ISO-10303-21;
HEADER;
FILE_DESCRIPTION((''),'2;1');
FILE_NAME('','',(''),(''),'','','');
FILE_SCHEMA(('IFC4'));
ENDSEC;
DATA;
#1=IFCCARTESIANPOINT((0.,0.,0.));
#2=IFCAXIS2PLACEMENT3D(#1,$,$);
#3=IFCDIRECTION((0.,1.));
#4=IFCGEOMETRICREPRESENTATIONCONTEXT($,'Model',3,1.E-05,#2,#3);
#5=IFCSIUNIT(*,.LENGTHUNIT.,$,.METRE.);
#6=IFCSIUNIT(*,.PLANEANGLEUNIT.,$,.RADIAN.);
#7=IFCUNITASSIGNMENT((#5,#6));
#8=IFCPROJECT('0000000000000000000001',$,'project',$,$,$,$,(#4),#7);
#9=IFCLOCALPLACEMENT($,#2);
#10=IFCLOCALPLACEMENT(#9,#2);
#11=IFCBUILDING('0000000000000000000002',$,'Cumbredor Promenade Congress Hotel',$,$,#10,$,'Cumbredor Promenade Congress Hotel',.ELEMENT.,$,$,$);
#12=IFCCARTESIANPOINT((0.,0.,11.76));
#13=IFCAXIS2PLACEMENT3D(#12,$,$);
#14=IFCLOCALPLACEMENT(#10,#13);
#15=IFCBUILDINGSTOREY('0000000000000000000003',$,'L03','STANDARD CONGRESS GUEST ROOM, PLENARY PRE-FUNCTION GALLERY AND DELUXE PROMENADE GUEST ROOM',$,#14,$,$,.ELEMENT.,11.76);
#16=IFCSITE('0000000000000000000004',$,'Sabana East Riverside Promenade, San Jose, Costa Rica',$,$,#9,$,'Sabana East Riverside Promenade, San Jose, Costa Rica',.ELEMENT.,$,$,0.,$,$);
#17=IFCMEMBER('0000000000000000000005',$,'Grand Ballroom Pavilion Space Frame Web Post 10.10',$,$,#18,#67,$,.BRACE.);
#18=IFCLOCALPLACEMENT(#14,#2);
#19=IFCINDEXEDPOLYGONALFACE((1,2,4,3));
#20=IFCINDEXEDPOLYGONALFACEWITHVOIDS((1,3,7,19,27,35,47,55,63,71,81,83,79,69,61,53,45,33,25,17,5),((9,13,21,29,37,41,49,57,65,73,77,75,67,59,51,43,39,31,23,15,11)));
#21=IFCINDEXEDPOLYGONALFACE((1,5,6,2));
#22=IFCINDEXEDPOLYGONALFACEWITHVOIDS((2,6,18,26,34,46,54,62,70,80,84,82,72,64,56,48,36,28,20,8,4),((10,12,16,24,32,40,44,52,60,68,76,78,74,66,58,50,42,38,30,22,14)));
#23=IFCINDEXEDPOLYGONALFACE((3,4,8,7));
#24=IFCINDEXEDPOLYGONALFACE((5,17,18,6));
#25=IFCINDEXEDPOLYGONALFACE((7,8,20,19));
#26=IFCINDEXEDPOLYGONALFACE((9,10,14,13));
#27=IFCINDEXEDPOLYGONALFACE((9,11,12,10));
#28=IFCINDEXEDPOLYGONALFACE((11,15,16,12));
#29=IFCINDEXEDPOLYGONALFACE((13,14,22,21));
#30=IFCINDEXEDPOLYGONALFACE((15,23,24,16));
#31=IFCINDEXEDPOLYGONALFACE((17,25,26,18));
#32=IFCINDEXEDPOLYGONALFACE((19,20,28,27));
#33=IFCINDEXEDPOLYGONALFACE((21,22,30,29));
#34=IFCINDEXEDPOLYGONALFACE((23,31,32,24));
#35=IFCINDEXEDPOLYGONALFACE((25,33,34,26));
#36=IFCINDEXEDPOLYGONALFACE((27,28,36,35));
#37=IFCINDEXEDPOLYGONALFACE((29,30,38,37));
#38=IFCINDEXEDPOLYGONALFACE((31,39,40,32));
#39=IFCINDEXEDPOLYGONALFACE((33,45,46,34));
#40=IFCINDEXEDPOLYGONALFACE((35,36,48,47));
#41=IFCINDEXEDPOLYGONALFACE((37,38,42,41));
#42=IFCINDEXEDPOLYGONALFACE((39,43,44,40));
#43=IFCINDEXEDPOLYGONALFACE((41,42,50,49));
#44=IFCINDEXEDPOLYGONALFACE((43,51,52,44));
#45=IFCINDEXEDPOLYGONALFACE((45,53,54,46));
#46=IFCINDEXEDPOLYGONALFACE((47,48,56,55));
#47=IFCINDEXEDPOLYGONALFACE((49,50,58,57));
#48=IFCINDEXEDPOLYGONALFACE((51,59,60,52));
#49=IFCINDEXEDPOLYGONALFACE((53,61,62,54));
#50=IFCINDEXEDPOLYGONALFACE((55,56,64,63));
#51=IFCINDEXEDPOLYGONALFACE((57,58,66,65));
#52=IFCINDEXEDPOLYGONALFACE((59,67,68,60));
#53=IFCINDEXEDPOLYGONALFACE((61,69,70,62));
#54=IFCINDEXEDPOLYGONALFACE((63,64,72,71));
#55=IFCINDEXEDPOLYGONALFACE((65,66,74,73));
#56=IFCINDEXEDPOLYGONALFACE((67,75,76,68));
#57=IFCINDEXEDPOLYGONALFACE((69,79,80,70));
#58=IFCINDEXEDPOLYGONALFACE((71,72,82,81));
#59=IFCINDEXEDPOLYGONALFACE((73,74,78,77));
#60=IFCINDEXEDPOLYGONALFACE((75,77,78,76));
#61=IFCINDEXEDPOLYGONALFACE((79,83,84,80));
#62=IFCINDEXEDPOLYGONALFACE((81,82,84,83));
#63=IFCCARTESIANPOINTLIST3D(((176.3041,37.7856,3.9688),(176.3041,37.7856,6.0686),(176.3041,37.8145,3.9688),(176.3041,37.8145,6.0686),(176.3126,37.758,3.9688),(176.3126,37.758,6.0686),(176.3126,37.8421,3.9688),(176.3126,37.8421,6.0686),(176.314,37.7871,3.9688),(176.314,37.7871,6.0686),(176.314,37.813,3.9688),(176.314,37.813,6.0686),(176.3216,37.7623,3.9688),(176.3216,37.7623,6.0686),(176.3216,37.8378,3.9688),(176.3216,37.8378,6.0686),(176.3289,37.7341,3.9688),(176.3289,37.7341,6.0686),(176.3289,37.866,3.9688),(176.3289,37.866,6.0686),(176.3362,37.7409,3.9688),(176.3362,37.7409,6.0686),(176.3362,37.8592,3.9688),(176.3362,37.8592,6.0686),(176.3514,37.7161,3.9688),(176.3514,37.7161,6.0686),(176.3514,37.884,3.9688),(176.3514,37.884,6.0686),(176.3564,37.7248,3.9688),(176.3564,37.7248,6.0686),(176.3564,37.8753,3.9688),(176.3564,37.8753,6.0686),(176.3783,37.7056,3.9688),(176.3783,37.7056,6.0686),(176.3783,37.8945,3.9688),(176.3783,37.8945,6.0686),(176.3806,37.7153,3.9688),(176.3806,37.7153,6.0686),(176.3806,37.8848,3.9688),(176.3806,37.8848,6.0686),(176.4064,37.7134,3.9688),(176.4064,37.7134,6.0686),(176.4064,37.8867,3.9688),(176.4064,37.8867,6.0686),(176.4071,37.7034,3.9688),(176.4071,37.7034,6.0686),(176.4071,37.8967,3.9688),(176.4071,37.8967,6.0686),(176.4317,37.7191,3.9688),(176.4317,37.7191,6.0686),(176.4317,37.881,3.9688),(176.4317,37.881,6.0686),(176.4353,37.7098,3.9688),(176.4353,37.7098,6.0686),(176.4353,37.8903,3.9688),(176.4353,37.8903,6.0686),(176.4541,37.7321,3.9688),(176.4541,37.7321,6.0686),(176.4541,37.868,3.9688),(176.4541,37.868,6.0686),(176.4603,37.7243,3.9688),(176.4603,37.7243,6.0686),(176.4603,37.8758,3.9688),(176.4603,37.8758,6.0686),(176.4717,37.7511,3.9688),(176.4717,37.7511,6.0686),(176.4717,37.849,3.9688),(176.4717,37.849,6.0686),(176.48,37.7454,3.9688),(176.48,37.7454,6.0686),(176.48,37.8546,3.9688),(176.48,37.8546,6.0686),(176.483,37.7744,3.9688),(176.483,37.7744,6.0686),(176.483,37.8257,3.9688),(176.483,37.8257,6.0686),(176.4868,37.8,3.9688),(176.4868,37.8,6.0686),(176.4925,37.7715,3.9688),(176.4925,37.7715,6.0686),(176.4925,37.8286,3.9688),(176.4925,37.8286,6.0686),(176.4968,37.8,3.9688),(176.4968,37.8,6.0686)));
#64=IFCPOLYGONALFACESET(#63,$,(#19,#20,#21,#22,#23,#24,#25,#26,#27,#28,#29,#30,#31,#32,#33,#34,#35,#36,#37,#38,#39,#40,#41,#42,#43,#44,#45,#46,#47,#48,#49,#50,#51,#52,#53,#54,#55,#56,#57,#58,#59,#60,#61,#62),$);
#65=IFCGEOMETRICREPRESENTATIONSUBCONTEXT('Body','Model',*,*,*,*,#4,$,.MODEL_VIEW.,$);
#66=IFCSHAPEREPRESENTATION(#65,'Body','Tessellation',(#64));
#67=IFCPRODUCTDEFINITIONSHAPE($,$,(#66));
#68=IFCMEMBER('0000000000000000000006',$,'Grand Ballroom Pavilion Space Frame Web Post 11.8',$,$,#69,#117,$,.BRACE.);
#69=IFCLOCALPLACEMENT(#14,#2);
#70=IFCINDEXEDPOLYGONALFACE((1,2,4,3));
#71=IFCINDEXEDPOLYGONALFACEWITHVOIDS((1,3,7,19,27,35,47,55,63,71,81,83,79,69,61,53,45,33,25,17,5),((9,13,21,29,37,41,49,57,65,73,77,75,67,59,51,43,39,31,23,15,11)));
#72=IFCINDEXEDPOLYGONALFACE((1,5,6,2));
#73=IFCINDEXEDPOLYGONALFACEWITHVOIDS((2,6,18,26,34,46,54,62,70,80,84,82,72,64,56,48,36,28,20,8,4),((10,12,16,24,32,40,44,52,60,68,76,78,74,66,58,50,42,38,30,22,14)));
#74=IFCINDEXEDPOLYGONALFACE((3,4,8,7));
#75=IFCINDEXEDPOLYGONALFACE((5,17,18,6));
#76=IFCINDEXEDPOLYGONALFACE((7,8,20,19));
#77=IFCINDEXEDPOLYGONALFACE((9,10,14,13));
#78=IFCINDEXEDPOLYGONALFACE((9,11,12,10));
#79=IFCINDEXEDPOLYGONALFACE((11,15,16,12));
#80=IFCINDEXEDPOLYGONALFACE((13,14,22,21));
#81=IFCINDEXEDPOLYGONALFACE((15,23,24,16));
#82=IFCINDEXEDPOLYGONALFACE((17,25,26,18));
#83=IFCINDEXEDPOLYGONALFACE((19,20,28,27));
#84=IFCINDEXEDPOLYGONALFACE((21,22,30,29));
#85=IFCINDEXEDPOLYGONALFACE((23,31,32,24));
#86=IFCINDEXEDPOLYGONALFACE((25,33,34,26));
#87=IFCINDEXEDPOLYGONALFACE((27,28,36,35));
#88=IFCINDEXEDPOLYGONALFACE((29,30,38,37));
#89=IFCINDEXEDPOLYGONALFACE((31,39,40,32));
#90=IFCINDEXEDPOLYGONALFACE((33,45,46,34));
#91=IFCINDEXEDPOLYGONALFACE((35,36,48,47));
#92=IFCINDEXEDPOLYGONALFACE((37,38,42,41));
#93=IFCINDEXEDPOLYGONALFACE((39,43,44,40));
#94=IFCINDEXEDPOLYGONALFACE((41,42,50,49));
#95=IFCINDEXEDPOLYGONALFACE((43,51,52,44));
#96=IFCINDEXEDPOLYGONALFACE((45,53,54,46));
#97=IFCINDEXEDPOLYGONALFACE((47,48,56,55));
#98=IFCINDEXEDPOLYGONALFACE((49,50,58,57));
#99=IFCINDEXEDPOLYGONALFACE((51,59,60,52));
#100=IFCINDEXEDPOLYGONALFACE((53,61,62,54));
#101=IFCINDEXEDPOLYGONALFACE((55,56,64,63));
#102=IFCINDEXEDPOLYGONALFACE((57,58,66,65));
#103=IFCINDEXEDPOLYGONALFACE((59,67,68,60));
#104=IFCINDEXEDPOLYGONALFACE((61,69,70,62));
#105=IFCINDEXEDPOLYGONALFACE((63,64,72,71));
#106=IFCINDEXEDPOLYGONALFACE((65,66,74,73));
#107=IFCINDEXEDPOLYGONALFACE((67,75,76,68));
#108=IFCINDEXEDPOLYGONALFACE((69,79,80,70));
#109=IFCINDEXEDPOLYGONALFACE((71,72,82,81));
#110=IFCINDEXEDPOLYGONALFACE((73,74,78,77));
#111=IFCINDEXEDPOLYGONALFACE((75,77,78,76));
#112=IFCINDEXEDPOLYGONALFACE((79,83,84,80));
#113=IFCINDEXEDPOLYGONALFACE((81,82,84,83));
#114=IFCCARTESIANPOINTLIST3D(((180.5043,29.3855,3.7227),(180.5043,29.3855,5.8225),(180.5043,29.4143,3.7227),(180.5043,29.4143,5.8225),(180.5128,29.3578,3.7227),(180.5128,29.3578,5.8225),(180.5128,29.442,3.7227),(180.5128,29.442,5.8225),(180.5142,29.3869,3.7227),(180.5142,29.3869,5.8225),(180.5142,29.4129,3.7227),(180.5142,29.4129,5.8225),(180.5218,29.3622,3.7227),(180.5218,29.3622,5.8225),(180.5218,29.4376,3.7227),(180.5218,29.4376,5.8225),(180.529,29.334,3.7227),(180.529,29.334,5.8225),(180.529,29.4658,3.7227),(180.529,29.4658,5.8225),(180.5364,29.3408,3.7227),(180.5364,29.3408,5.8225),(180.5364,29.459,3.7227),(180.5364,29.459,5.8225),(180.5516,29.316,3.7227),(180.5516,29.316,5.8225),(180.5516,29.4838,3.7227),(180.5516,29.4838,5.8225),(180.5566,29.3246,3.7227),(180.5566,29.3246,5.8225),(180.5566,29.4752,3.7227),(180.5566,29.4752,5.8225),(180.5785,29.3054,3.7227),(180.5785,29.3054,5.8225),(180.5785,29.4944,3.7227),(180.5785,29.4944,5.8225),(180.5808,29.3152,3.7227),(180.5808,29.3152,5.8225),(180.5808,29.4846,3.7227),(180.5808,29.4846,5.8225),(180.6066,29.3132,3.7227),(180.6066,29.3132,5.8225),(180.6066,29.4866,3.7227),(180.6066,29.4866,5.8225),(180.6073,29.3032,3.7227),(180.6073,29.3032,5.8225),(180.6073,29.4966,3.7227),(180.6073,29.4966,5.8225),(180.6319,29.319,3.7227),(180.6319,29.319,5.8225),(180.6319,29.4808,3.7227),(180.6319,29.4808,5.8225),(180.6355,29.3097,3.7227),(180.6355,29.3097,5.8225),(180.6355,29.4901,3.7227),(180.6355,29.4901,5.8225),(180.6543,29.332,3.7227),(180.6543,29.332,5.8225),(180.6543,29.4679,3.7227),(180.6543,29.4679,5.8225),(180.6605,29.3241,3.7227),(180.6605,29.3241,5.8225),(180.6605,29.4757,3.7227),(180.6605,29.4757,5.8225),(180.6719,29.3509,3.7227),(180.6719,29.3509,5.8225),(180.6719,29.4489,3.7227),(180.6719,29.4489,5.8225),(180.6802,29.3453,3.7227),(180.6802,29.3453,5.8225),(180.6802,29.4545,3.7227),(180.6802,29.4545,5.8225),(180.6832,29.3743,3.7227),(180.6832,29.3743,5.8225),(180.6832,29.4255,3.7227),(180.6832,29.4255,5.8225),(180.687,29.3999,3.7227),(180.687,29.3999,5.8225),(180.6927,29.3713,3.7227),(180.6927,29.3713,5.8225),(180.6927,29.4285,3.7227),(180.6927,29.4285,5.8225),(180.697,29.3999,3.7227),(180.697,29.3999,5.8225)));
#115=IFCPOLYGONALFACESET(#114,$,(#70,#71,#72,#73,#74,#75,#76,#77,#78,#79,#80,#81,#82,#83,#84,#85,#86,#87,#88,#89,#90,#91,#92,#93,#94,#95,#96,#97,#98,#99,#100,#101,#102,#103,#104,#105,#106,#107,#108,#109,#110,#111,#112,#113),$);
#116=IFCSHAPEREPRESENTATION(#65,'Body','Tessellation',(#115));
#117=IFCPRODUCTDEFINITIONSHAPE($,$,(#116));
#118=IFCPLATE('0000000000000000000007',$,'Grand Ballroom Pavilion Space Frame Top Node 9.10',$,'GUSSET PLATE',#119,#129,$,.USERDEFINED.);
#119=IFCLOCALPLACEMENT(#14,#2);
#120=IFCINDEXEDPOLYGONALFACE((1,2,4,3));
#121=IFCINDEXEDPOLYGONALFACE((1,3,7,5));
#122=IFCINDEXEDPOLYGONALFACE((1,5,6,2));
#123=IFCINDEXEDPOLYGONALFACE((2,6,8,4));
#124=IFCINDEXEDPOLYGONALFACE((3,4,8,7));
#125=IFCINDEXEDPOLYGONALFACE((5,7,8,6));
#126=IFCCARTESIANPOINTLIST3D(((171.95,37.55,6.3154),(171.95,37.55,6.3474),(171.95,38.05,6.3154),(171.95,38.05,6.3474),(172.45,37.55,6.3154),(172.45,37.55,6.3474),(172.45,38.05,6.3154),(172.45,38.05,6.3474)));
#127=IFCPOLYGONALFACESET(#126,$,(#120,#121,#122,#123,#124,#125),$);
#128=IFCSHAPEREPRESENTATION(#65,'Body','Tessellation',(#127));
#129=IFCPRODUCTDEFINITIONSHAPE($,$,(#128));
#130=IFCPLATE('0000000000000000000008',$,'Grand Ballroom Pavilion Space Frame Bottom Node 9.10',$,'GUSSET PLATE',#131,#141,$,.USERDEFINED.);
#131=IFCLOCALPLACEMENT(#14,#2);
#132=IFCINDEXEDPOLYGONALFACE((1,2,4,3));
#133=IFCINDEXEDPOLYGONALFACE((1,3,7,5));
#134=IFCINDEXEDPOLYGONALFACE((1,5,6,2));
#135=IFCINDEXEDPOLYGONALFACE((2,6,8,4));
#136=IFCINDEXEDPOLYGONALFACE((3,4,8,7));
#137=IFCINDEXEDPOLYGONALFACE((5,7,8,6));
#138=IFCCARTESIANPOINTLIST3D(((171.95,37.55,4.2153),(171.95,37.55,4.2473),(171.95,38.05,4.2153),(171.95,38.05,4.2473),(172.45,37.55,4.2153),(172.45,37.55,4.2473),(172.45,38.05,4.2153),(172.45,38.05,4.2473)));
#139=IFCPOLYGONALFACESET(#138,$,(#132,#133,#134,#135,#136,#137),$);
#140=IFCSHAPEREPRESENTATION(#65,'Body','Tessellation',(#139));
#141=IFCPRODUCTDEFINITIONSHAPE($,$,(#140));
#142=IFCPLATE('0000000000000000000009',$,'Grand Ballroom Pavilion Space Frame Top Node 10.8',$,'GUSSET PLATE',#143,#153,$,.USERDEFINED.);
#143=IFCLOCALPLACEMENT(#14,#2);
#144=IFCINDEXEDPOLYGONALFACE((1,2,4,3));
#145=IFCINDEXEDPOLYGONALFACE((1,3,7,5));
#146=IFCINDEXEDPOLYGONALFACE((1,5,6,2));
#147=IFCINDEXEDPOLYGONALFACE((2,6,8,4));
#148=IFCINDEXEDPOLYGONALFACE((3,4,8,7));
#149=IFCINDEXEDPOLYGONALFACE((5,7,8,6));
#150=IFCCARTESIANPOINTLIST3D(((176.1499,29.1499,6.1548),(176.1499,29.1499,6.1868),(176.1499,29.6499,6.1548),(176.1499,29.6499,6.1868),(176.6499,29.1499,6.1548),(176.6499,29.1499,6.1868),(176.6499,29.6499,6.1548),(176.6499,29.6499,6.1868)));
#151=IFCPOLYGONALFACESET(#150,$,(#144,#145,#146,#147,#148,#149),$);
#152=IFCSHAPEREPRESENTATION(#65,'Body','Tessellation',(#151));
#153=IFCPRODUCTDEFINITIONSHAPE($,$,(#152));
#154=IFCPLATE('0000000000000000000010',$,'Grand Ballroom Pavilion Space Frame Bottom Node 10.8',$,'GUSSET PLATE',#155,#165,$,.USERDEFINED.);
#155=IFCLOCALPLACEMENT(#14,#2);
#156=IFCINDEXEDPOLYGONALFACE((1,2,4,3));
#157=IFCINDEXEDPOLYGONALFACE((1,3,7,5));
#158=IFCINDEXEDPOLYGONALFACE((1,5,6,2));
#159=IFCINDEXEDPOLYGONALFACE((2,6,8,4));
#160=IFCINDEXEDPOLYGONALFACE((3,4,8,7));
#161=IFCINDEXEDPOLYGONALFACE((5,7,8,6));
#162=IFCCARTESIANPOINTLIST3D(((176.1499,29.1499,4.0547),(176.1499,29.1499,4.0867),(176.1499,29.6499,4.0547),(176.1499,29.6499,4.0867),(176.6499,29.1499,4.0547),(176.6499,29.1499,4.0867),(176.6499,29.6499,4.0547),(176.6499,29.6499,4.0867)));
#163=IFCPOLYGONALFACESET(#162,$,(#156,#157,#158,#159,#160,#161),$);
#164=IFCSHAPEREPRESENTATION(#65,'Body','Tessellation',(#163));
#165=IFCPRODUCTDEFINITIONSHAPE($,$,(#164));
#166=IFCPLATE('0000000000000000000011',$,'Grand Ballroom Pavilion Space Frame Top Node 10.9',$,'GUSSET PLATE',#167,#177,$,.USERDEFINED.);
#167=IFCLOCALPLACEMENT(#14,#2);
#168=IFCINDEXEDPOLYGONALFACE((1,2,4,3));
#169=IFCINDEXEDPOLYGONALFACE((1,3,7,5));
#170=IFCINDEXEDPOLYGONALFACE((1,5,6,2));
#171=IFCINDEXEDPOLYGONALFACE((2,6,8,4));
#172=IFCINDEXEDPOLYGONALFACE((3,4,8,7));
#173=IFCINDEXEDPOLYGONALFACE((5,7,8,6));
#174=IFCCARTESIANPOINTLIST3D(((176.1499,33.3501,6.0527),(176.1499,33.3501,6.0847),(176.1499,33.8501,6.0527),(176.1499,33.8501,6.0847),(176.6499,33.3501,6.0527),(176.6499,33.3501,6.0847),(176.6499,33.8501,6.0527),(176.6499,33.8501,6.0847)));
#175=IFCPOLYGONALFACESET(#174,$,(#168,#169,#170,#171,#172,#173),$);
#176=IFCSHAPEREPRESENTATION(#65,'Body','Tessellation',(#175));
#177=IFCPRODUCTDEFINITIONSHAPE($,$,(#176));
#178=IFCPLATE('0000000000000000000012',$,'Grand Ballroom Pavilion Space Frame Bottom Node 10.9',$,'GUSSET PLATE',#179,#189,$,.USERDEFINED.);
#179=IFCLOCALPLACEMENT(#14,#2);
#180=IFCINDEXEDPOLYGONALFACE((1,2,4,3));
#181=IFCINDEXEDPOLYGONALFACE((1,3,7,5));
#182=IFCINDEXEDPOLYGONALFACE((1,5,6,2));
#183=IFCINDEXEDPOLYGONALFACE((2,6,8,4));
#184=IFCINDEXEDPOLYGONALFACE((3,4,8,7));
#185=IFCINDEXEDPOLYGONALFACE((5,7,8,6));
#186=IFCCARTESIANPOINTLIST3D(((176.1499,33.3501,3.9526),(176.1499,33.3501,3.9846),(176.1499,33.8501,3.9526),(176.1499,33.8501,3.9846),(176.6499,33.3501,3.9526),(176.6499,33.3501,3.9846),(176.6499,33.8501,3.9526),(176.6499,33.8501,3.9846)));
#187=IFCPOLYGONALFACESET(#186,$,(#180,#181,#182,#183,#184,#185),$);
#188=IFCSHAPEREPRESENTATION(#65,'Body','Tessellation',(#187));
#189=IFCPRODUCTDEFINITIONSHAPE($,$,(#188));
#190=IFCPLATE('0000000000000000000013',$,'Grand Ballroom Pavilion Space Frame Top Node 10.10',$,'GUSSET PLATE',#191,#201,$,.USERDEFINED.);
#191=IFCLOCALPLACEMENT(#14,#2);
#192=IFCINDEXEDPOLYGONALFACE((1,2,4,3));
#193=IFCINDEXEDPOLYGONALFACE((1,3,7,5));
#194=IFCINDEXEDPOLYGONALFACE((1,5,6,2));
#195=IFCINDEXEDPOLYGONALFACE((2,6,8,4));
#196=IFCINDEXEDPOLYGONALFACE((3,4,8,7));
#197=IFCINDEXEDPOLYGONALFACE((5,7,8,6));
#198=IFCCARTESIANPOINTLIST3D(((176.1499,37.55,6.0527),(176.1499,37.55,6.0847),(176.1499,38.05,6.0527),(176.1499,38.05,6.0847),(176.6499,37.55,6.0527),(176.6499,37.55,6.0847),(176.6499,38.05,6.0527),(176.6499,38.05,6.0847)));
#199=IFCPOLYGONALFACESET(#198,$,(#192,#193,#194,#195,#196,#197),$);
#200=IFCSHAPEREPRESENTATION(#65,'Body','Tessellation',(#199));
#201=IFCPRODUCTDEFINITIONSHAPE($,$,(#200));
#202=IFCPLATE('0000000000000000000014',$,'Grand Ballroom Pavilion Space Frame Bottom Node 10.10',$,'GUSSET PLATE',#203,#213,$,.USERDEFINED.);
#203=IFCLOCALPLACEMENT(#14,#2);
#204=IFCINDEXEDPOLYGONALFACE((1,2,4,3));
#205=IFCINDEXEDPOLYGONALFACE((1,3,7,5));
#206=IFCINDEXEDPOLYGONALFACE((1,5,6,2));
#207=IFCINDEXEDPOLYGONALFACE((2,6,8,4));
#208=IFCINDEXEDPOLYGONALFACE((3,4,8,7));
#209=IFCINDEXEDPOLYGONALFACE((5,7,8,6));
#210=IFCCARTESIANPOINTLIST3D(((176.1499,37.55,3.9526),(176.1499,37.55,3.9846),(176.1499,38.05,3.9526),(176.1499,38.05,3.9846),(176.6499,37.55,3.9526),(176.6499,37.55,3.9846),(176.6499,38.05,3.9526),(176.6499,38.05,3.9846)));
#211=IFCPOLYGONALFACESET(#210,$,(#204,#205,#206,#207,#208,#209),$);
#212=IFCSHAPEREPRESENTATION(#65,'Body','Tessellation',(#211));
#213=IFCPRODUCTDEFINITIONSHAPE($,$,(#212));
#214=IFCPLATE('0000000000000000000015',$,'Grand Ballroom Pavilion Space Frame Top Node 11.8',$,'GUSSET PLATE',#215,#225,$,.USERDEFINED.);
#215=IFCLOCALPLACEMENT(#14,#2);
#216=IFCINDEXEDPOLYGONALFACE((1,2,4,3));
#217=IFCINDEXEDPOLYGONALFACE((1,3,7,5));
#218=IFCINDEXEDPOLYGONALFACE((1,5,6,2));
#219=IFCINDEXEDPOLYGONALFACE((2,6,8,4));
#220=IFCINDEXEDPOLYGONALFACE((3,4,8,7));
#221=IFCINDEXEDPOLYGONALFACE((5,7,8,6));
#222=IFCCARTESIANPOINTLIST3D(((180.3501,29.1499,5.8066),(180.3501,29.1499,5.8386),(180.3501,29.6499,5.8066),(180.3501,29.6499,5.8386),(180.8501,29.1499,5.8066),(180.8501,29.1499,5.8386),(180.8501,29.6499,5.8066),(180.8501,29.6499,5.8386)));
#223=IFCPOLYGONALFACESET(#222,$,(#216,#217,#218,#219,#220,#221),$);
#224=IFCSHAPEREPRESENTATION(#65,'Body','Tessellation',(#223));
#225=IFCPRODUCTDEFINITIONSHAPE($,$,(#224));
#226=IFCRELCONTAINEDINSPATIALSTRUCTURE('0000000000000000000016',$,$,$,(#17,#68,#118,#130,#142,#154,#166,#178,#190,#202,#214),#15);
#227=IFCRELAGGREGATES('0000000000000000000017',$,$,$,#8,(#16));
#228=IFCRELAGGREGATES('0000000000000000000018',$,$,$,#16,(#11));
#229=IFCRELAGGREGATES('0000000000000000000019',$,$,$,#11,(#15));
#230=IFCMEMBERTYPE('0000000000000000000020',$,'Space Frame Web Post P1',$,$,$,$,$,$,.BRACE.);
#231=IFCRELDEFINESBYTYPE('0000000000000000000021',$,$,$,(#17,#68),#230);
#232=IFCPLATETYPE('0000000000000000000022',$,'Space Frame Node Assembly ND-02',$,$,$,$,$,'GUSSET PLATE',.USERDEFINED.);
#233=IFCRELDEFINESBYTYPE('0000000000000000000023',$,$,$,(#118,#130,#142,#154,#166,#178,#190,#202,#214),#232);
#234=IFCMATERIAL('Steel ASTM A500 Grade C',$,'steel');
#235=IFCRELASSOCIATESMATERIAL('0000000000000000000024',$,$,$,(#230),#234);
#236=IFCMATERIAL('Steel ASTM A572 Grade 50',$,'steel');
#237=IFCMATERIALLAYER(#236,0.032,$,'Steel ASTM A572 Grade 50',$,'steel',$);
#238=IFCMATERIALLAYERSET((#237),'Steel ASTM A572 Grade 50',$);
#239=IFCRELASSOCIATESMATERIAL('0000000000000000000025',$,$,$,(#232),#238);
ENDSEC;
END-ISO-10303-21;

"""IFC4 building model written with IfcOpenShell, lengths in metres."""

from ifc_helpers import new_model, si_unit, direction, frame, origin, origin_2d, place, context, subcontext, project, spatial, rectangle, hollow_circle, extrude, material, layer, layer_set, material_profile, profile_set, type_object, element, save


model = new_model("IFC4")

# Units and contexts
model_context = context("Model", 3, precision=1e-05, world=origin(), true_north=direction((0.0, 1.0)))
body_context = subcontext(model_context, "Body", "Model", "MODEL_VIEW")
ifc_project = project(units=[si_unit("LENGTHUNIT", "METRE"), si_unit("PLANEANGLEUNIT", "RADIAN")], contexts=[model_context])

# Site, building, storey
site_placement = place(None, origin())
site = spatial("IfcSite", under=ifc_project, at=site_placement, Name="Sabana East Riverside Promenade, San Jose, Costa Rica", LongName="Sabana East Riverside Promenade, San Jose, Costa Rica", CompositionType="ELEMENT", RefElevation=0.0)
building_placement = place(site_placement, origin())
building = spatial("IfcBuilding", under=site, at=building_placement, Name="Cumbredor Promenade Congress Hotel", LongName="Cumbredor Promenade Congress Hotel", CompositionType="ELEMENT")
storey_placement = place(building_placement, frame((0.0, 0.0, 11.76)))
storey = spatial("IfcBuildingStorey", under=building, at=storey_placement, Name="L03", Description="STANDARD CONGRESS GUEST ROOM, PLENARY PRE-FUNCTION GALLERY AND DELUXE PROMENADE GUEST ROOM", CompositionType="ELEMENT", Elevation=11.76)

# Members
ifc_material_1 = material(Name="Steel ASTM A500 Grade C", Category="steel")
ifc_material_profile_1 = material_profile(ifc_material_1, hollow_circle(Radius=0.0969, WallThickness=0.01, at=origin_2d()), Name="CHS 193.7x10")
ifc_profile_set_1 = profile_set([ifc_material_profile_1], Name="Steel ASTM A500 Grade C")
member_type_1 = type_object("IfcMemberType", Name="Space Frame Web Post P1", PredefinedType="BRACE", material=ifc_profile_set_1)
for number, where, z_axis, x_axis, name in (
    (1, (176.3999, 37.8, 3.9688), (0.0, 0.0, 1.0), (1.0, 0.0, 0.0), "Grand Ballroom Pavilion Space Frame Web Post 10.10"),
    (2, (180.6001, 29.3999, 3.7227), (0.0, 0.0, 1.0), (1.0, 0.0, 0.0), "Grand Ballroom Pavilion Space Frame Web Post 11.8"),
):
    element("IfcMember", number, at=place(storey_placement, frame(where, z_axis=z_axis, x_axis=x_axis)), inside=storey, type_object=member_type_1, Name=name, PredefinedType="BRACE", context=body_context, shape_type="SweptSolid", body=[
        extrude(hollow_circle(Radius=0.0969, WallThickness=0.01, at=origin_2d()), origin(), (0.0, 0.0, 1.0), 2.0999),
    ])

# Plates
ifc_material_2 = material(Name="Steel ASTM A572 Grade 50", Category="steel")
ifc_layer = layer(ifc_material_2, 0.032, Name="Steel ASTM A572 Grade 50", Category="steel")
ifc_layer_set = layer_set([ifc_layer], Name="Steel ASTM A572 Grade 50")
plate_type = type_object("IfcPlateType", Name="Space Frame Node Assembly ND-02", ElementType="GUSSET PLATE", PredefinedType="USERDEFINED", material=ifc_layer_set)
for number, where, z_axis, x_axis, name in (
    (3, (172.2, 37.8, 6.3154), (0.0, 0.0, 1.0), (1.0, 0.0, 0.0), "Grand Ballroom Pavilion Space Frame Top Node 9.10"),
    (4, (172.2, 37.8, 4.2153), (0.0, 0.0, 1.0), (1.0, 0.0, 0.0), "Grand Ballroom Pavilion Space Frame Bottom Node 9.10"),
    (5, (176.3999, 29.3999, 6.1548), (0.0, 0.0, 1.0), (1.0, 0.0, 0.0), "Grand Ballroom Pavilion Space Frame Top Node 10.8"),
    (6, (176.3999, 29.3999, 4.0547), (0.0, 0.0, 1.0), (1.0, 0.0, 0.0), "Grand Ballroom Pavilion Space Frame Bottom Node 10.8"),
    (7, (176.3999, 33.6001, 6.0527), (0.0, 0.0, 1.0), (1.0, 0.0, 0.0), "Grand Ballroom Pavilion Space Frame Top Node 10.9"),
    (8, (176.3999, 33.6001, 3.9526), (0.0, 0.0, 1.0), (1.0, 0.0, 0.0), "Grand Ballroom Pavilion Space Frame Bottom Node 10.9"),
    (9, (176.3999, 37.8, 6.0527), (0.0, 0.0, 1.0), (1.0, 0.0, 0.0), "Grand Ballroom Pavilion Space Frame Top Node 10.10"),
    (10, (176.3999, 37.8, 3.9526), (0.0, 0.0, 1.0), (1.0, 0.0, 0.0), "Grand Ballroom Pavilion Space Frame Bottom Node 10.10"),
    (11, (180.6001, 29.3999, 5.8066), (0.0, 0.0, 1.0), (1.0, 0.0, 0.0), "Grand Ballroom Pavilion Space Frame Top Node 11.8"),
):
    element("IfcPlate", number, at=place(storey_placement, frame(where, z_axis=z_axis, x_axis=x_axis)), inside=storey, type_object=plate_type, Name=name, ObjectType="GUSSET PLATE", PredefinedType="USERDEFINED", context=body_context, shape_type="SweptSolid", body=[
        extrude(rectangle(XDim=0.5, YDim=0.5, at=origin_2d()), origin(), (0.0, 0.0, 1.0), 0.032),
    ])

save(model, "model.ifc")
